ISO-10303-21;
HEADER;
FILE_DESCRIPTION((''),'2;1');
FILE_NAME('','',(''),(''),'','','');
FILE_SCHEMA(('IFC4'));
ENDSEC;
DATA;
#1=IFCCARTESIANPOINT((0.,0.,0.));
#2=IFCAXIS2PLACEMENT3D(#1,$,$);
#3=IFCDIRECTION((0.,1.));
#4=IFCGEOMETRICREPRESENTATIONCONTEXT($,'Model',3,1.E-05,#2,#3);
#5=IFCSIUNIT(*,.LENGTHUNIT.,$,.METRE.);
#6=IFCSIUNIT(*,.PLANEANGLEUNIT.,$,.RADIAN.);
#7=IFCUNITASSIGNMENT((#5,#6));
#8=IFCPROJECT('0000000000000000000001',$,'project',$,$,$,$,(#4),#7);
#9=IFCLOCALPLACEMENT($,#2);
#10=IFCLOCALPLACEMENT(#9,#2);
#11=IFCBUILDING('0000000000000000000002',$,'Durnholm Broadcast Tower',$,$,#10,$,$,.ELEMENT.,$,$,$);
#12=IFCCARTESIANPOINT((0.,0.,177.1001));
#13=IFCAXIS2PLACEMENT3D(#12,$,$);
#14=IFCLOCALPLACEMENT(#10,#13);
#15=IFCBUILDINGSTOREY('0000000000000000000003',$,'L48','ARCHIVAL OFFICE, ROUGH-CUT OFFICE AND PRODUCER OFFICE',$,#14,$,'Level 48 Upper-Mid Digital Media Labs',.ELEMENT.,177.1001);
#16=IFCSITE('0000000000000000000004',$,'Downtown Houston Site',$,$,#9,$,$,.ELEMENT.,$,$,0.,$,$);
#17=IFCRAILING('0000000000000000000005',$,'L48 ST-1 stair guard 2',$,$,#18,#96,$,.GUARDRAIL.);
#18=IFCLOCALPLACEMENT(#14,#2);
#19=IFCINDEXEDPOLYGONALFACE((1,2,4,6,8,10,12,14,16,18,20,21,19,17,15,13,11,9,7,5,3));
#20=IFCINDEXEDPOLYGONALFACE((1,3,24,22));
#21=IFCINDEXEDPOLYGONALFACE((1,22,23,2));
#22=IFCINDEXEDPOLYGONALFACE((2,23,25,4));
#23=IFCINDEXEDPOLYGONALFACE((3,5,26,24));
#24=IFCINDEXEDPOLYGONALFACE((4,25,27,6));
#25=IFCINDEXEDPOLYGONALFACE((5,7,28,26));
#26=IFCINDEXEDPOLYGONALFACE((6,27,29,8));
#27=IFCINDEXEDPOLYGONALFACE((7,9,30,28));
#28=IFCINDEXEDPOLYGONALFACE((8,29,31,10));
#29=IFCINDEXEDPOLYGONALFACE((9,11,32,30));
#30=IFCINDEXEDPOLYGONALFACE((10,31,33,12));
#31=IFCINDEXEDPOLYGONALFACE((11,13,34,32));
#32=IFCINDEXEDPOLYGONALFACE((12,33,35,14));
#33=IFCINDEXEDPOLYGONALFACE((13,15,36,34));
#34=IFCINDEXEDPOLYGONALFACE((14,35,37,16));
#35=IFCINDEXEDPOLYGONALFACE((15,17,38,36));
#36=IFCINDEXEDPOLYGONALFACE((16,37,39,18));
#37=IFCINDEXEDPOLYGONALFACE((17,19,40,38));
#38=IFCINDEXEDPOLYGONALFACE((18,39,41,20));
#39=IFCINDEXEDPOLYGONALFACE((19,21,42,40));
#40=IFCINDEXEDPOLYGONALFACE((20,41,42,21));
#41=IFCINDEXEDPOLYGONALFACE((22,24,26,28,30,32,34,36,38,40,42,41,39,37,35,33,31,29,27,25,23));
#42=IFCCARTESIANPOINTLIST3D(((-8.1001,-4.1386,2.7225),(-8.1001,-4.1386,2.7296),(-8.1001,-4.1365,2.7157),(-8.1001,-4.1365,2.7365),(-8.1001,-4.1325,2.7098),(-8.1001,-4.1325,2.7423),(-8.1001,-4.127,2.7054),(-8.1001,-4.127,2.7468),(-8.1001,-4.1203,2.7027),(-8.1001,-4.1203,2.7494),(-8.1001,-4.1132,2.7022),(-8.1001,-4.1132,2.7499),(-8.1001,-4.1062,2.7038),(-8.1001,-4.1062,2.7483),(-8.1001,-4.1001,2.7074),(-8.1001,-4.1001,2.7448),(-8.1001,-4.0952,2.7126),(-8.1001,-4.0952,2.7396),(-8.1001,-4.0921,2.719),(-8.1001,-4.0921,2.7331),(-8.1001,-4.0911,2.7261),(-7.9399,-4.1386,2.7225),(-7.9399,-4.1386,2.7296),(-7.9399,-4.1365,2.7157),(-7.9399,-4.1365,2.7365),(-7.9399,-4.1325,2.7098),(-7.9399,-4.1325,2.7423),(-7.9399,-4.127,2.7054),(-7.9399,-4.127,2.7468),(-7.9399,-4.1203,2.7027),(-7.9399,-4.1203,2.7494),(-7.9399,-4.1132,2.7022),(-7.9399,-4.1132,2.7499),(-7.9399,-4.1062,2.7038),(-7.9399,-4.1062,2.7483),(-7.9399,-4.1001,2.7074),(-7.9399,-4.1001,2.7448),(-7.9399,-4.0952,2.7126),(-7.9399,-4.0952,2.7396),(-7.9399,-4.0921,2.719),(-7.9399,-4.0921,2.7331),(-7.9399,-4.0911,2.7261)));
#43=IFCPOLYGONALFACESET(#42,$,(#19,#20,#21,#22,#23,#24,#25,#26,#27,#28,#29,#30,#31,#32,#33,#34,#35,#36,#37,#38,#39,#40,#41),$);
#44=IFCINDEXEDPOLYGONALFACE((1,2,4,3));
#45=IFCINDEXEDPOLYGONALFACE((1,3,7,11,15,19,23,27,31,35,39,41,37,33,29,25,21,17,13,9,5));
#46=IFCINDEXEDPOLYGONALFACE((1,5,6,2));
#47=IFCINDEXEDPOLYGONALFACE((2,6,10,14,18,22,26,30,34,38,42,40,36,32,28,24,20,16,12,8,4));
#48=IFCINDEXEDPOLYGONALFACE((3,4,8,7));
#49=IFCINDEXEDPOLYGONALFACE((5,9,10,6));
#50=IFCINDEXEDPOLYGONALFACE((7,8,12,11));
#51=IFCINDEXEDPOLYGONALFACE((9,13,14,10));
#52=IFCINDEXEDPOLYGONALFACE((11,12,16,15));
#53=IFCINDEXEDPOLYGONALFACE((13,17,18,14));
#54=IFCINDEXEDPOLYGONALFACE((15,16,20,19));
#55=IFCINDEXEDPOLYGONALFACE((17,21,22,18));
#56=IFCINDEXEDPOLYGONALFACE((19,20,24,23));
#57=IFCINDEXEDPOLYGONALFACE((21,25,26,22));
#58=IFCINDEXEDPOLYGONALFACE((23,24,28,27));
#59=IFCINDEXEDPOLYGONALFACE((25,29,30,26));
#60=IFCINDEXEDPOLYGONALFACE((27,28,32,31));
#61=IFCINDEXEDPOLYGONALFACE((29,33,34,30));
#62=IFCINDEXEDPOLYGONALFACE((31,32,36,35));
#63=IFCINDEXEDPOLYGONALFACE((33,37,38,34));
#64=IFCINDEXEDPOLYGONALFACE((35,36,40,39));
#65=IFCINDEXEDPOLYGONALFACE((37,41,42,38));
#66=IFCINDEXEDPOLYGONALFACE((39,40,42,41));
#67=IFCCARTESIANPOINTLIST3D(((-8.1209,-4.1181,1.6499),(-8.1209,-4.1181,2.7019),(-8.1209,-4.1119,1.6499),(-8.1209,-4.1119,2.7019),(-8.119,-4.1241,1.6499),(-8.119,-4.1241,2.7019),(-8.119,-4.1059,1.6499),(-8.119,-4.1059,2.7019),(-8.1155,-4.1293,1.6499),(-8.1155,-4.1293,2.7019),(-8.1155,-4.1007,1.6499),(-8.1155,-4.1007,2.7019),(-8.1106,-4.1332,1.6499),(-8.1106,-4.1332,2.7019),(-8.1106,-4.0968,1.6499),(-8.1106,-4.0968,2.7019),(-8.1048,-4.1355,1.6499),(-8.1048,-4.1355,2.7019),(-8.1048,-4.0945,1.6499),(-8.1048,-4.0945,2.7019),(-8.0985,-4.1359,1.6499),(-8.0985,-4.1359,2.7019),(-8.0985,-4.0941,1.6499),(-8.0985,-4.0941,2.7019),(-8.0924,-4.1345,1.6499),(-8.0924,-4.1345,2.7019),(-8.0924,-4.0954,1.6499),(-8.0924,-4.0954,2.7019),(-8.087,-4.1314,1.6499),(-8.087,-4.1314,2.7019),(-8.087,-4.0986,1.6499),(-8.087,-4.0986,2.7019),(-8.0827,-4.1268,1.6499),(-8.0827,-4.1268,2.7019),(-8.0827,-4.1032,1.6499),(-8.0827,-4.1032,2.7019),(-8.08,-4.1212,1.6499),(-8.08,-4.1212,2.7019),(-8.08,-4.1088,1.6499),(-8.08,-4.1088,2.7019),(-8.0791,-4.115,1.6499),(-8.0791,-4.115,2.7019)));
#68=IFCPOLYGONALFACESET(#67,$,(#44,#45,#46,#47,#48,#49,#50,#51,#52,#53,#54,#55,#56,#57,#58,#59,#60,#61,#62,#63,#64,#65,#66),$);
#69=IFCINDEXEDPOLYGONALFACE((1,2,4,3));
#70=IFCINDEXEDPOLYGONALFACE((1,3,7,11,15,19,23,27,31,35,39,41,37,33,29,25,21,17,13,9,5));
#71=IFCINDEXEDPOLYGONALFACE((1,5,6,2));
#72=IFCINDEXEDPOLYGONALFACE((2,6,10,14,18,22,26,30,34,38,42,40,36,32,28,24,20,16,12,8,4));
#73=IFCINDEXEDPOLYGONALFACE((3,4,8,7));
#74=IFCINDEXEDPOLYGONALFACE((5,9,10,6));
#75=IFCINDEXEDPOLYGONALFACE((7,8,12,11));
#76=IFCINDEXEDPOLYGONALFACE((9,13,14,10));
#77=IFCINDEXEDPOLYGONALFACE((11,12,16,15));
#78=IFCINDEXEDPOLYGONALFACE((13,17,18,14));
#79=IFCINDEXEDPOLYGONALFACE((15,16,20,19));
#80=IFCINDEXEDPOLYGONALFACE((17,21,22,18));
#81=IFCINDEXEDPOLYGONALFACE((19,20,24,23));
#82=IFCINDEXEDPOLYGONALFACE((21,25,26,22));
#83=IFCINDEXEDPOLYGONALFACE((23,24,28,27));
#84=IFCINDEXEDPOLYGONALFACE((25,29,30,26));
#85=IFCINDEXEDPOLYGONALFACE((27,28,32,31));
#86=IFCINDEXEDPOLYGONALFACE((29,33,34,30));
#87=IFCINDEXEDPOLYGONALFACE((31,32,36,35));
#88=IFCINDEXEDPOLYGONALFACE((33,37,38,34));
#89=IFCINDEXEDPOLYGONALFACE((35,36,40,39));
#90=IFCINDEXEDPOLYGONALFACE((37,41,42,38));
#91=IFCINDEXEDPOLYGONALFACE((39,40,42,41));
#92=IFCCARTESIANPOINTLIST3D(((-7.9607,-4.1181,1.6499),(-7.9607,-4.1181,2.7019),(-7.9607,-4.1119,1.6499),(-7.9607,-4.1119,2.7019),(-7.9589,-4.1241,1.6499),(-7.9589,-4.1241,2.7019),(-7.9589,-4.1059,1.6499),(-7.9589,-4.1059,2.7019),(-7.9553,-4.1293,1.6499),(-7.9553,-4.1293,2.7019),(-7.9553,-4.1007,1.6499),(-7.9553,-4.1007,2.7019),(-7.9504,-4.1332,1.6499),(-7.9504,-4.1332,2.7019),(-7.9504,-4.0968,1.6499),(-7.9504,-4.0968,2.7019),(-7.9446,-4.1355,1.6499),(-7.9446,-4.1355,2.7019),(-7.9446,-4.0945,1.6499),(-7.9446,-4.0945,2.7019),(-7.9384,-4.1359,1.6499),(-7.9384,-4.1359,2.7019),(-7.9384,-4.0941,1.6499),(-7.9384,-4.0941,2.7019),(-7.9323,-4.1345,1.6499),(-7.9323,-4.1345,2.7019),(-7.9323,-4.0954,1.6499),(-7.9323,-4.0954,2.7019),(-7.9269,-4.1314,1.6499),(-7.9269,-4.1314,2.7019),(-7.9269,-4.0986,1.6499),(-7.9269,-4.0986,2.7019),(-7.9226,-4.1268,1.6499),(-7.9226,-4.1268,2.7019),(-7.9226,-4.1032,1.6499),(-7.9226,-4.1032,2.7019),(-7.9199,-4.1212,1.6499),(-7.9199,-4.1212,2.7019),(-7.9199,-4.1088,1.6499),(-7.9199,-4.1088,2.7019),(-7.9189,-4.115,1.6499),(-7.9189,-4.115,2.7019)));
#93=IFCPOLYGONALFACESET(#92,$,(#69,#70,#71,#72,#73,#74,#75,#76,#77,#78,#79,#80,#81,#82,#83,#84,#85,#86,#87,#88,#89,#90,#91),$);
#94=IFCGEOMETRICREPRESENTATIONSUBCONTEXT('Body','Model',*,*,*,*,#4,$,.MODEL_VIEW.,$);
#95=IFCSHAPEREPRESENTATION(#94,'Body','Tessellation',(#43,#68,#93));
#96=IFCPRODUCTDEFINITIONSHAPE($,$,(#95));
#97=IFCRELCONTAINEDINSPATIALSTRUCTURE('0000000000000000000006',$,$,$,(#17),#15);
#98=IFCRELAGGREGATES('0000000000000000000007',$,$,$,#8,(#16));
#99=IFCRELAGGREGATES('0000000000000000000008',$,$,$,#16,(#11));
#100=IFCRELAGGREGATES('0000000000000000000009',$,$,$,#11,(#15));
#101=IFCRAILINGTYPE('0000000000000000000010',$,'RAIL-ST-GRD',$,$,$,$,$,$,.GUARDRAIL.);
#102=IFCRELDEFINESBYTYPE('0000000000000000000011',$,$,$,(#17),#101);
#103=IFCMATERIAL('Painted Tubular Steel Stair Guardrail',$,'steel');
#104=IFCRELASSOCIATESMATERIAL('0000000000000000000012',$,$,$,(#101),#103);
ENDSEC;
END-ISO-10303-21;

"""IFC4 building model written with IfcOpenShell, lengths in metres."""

from ifc_helpers import new_model, si_unit, direction, frame, origin, origin_2d, place, context, subcontext, project, spatial, circle, extrude, material, type_object, element, save


model = new_model("IFC4")

# Units and contexts
model_context = context("Model", 3, precision=1e-05, world=origin(), true_north=direction((0.0, 1.0)))
body_context = subcontext(model_context, "Body", "Model", "MODEL_VIEW")
ifc_project = project(units=[si_unit("LENGTHUNIT", "METRE"), si_unit("PLANEANGLEUNIT", "RADIAN")], contexts=[model_context])

# Site, building, storey
site_placement = place(None, origin())
site = spatial("IfcSite", under=ifc_project, at=site_placement, Name="Downtown Houston Site", CompositionType="ELEMENT", RefElevation=0.0)
building_placement = place(site_placement, origin())
building = spatial("IfcBuilding", under=site, at=building_placement, Name="Durnholm Broadcast Tower", CompositionType="ELEMENT")
storey_placement = place(building_placement, frame((0.0, 0.0, 177.1001)))
storey = spatial("IfcBuildingStorey", under=building, at=storey_placement, Name="L48", Description="ARCHIVAL OFFICE, ROUGH-CUT OFFICE AND PRODUCER OFFICE", LongName="Level 48 Upper-Mid Digital Media Labs", CompositionType="ELEMENT", Elevation=177.1001)

# Railing
ifc_material_1 = material(Name="Painted Tubular Steel Stair Guardrail", Category="steel")
railing_type_1 = type_object("IfcRailingType", Name="RAIL-ST-GRD", PredefinedType="GUARDRAIL", material=ifc_material_1)
railing_1_placement = place(storey_placement, frame((-8.1001, -4.115, 1.6499)))
element("IfcRailing", 1, at=railing_1_placement, inside=storey, type_object=railing_type_1, Name="L48 ST-1 stair guard 2", PredefinedType="GUARDRAIL", context=body_context, shape_type="SweptSolid", body=[
    extrude(circle(Radius=0.0239, at=origin_2d()), frame((0.0, 0.0, 1.0762), z_axis=(1.0, 0.0, 0.0), x_axis=(0.0, 1.0, 0.0)), (0.0, 0.0, 1.0), 0.1602),
    extrude(circle(Radius=0.021, at=origin_2d()), origin(), (0.0, 0.0, 1.0), 1.052),
    extrude(circle(Radius=0.021, at=origin_2d()), frame((0.1602, 0.0, 0.0)), (0.0, 0.0, 1.0), 1.052),
])

save(model, "model.ifc")
